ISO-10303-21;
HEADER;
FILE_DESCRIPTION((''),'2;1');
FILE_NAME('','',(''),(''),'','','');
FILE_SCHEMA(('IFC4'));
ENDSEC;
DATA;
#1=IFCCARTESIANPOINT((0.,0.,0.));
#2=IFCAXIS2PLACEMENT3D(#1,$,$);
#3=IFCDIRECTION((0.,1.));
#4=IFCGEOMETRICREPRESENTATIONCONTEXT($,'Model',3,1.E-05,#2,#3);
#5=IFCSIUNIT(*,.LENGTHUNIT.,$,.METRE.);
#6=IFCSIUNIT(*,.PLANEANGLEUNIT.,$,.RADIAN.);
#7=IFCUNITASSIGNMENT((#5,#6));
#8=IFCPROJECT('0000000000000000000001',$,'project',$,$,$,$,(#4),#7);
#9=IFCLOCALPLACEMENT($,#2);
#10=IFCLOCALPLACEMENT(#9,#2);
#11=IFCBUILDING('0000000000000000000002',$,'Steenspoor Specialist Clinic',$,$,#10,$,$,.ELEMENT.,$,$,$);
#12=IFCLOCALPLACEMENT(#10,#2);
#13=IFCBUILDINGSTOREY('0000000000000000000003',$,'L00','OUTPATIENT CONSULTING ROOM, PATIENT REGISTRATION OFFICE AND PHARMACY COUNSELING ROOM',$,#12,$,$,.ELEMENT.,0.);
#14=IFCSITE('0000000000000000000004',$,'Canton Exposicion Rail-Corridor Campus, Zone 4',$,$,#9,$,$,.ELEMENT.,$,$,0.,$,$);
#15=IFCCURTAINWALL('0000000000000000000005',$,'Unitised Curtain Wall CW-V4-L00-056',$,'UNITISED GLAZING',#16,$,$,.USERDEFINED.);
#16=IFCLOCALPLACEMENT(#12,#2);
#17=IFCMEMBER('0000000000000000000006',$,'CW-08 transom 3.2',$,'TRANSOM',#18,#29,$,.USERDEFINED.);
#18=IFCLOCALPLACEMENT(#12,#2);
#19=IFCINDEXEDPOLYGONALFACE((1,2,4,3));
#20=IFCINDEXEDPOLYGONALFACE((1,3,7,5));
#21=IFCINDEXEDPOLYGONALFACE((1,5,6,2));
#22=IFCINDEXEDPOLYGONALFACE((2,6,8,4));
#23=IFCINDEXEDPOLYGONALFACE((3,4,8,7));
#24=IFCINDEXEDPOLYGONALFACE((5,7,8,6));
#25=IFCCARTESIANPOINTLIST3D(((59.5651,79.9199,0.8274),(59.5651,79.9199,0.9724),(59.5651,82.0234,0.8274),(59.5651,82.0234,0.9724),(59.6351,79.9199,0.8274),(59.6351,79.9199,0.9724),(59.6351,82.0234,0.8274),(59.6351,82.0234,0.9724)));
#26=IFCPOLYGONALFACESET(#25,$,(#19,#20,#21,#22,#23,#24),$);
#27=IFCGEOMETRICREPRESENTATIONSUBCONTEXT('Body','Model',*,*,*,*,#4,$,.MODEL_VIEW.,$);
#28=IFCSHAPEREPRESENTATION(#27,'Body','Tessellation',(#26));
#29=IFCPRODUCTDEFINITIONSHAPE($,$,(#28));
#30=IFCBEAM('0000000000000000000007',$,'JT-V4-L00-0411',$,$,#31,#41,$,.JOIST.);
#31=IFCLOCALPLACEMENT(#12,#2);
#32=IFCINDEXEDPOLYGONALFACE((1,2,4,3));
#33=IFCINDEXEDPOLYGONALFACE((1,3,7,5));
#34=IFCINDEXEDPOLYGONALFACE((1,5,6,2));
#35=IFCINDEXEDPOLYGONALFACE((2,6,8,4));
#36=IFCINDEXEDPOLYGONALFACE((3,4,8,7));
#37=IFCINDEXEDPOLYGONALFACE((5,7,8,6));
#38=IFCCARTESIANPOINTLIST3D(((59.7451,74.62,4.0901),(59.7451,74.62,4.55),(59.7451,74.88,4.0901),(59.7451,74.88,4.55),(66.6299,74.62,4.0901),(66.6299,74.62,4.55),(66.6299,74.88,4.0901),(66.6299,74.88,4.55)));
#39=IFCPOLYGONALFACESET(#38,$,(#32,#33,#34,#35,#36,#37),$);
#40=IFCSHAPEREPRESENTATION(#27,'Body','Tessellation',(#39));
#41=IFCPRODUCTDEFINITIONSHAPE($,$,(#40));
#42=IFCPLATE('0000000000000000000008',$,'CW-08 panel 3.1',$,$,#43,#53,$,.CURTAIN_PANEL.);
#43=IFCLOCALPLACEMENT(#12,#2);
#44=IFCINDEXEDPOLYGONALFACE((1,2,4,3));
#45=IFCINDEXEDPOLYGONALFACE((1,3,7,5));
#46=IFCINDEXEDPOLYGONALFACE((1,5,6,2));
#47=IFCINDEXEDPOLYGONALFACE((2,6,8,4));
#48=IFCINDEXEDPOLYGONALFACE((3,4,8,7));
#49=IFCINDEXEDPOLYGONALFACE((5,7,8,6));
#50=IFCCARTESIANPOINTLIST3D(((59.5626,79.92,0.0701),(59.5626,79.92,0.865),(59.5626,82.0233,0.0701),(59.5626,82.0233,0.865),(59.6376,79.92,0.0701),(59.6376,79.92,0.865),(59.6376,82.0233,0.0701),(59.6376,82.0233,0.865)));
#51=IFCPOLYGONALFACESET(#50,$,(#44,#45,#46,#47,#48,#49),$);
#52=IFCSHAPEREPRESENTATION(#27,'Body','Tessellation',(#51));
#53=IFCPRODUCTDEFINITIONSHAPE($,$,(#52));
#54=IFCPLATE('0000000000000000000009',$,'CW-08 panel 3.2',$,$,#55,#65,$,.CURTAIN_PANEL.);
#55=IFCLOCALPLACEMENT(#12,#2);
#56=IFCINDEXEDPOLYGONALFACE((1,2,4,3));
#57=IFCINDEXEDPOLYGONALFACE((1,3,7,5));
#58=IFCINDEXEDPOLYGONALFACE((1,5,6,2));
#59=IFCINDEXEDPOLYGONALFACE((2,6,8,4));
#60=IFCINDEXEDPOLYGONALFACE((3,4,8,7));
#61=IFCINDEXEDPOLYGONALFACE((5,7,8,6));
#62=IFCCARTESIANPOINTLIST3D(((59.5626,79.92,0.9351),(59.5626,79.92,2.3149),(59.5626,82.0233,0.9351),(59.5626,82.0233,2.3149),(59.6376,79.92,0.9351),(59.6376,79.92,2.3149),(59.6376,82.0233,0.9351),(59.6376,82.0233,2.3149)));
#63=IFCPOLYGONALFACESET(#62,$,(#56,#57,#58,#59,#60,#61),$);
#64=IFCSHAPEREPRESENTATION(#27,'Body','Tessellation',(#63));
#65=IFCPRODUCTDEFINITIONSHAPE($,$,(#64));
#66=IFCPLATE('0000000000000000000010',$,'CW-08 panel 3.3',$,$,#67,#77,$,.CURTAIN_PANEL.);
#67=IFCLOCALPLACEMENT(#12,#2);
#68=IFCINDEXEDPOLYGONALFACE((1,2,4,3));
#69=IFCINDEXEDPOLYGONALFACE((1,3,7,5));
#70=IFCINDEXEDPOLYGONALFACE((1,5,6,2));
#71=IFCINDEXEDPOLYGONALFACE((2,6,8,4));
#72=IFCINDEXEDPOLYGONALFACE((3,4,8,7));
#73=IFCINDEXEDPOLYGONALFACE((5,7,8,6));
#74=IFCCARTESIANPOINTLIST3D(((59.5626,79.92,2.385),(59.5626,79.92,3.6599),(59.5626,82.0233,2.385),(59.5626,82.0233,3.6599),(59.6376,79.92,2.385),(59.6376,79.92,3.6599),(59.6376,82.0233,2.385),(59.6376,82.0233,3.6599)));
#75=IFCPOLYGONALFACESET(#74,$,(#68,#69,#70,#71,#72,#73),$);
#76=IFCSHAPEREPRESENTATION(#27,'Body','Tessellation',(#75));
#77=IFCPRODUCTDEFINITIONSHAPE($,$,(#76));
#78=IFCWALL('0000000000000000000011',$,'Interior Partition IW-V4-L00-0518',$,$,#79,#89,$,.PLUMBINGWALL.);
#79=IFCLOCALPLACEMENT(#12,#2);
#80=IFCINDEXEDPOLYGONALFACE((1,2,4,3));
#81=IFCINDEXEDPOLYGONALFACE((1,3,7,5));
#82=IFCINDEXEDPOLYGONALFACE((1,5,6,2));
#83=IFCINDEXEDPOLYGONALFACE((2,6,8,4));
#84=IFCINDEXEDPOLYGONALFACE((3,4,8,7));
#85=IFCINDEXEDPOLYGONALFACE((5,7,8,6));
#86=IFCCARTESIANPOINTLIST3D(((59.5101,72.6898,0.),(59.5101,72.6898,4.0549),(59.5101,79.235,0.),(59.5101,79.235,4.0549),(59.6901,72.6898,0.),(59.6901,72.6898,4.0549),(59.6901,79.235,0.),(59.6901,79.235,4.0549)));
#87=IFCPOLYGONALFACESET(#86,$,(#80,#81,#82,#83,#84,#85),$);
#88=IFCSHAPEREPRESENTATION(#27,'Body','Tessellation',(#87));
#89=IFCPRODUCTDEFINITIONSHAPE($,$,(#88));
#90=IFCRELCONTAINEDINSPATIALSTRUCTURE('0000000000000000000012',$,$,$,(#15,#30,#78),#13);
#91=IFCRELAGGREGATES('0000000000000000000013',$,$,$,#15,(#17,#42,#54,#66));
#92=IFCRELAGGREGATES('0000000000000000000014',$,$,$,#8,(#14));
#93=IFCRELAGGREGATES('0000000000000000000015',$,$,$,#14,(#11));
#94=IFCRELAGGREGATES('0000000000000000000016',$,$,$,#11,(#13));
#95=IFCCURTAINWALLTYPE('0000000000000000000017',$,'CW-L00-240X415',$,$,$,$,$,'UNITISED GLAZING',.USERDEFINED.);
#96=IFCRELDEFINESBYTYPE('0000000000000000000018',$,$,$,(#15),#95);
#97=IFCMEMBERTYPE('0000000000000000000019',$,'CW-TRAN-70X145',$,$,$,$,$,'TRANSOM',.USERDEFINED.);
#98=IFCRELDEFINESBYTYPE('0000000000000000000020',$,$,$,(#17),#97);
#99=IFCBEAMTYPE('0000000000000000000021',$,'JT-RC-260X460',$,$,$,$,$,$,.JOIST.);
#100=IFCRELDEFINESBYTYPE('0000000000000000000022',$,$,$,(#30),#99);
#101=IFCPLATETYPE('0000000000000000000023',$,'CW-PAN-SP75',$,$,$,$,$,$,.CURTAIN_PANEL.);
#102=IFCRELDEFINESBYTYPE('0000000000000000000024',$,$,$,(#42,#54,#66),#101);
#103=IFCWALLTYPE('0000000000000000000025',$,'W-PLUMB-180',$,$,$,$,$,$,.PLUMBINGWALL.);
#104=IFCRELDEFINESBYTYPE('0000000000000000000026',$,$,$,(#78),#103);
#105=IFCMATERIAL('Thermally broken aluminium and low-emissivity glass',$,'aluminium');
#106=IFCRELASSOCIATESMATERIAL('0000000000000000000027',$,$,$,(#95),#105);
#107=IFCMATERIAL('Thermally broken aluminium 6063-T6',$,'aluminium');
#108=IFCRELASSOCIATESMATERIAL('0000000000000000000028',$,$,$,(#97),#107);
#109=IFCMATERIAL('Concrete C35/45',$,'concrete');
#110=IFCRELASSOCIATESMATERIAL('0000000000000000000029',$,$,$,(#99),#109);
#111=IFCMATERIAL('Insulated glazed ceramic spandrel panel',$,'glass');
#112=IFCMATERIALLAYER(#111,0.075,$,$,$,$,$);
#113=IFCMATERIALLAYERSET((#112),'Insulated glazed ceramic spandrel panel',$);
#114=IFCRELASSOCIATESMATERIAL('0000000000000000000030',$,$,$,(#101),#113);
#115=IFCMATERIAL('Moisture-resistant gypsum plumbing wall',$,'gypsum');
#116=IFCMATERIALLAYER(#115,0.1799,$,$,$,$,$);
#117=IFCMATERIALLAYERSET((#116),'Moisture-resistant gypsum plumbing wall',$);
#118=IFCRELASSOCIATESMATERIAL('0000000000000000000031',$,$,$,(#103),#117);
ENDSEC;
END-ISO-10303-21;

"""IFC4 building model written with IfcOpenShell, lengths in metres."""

from ifc_helpers import new_model, si_unit, direction, frame, frame_2d, origin, origin_2d, place, context, subcontext, project, spatial, rectangle, extrude, material, layer, layer_set, material_profile, profile_set, type_object, element, aggregate, save


model = new_model("IFC4")

# Units and contexts
model_context = context("Model", 3, precision=1e-05, world=origin(), true_north=direction((0.0, 1.0)))
body_context = subcontext(model_context, "Body", "Model", "MODEL_VIEW")
ifc_project = project(units=[si_unit("LENGTHUNIT", "METRE"), si_unit("PLANEANGLEUNIT", "RADIAN")], contexts=[model_context])

# Site, building, storey
site_placement = place(None, origin())
site = spatial("IfcSite", under=ifc_project, at=site_placement, Name="Canton Exposicion Rail-Corridor Campus, Zone 4", CompositionType="ELEMENT", RefElevation=0.0)
building_placement = place(site_placement, origin())
building = spatial("IfcBuilding", under=site, at=building_placement, Name="Steenspoor Specialist Clinic", CompositionType="ELEMENT")
storey_placement = place(building_placement, origin())
storey = spatial("IfcBuildingStorey", under=building, at=storey_placement, Name="L00", Description="OUTPATIENT CONSULTING ROOM, PATIENT REGISTRATION OFFICE AND PHARMACY COUNSELING ROOM", CompositionType="ELEMENT", Elevation=0.0)

# Shared definitions
ifc_material_1 = material(Name="Concrete C35/45", Category="concrete")

# Curtain wall, member
ifc_material_2 = material(Name="Thermally broken aluminium and low-emissivity glass", Category="aluminium")
curtain_wall_type = type_object("IfcCurtainWallType", Name="CW-L00-240X415", ElementType="UNITISED GLAZING", PredefinedType="USERDEFINED", material=ifc_material_2)
curtain_wall_placement = place(storey_placement, origin())
curtain_wall = element("IfcCurtainWall", 1, at=curtain_wall_placement, inside=storey, type_object=curtain_wall_type, Name="Unitised Curtain Wall CW-V4-L00-056", ObjectType="UNITISED GLAZING", PredefinedType="USERDEFINED")
ifc_material_3 = material(Name="Thermally broken aluminium 6063-T6", Category="aluminium")
ifc_material_profile_1 = material_profile(ifc_material_3, rectangle(XDim=0.0701, YDim=0.145, at=origin_2d()), Name="CWT-70X145")
ifc_profile_set_1 = profile_set([ifc_material_profile_1], Name="Thermally broken aluminium 6063-T6")
member_type_1 = type_object("IfcMemberType", Name="CW-TRAN-70X145", ElementType="TRANSOM", PredefinedType="USERDEFINED", material=ifc_profile_set_1)
member_1_placement = place(storey_placement, frame((59.6001, 82.0234, 0.8999), z_axis=(0.0, -1.0, 0.0), x_axis=(1.0, 0.0, 0.0)))
member_1 = element("IfcMember", 2, at=member_1_placement, type_object=member_type_1, Name="CW-08 transom 3.2", ObjectType="TRANSOM", PredefinedType="USERDEFINED", context=body_context, shape_type="SweptSolid", body=[
    extrude(rectangle(XDim=0.0701, YDim=0.145, at=origin_2d()), origin(), (0.0, 0.0, 1.0), 2.1035),
])

# Beam
ifc_material_profile_2 = material_profile(ifc_material_1, rectangle(XDim=0.26, YDim=0.46, at=origin_2d()), Name="RC-JT-260X460")
ifc_profile_set_2 = profile_set([ifc_material_profile_2], Name="Concrete C35/45")
beam_type_1 = type_object("IfcBeamType", Name="JT-RC-260X460", PredefinedType="JOIST", material=ifc_profile_set_2)
beam_1_placement = place(storey_placement, frame((59.7451, 74.75, 4.3201), z_axis=(1.0, 0.0, 0.0), x_axis=(0.0, 1.0, 0.0)))
element("IfcBeam", 3, at=beam_1_placement, inside=storey, type_object=beam_type_1, Name="JT-V4-L00-0411", PredefinedType="JOIST", context=body_context, shape_type="SweptSolid", body=[
    extrude(rectangle(XDim=0.26, YDim=0.46, at=origin_2d()), origin(), (0.0, 0.0, 1.0), 6.8848),
])

# Plates
ifc_material_4 = material(Name="Insulated glazed ceramic spandrel panel", Category="glass")
ifc_layer_1 = layer(ifc_material_4, 0.075)
ifc_layer_set_1 = layer_set([ifc_layer_1], Name="Insulated glazed ceramic spandrel panel")
plate_type = type_object("IfcPlateType", Name="CW-PAN-SP75", PredefinedType="CURTAIN_PANEL", material=ifc_layer_set_1)
plate_1_placement = place(storey_placement, frame((59.6001, 80.9717, 0.0701), z_axis=(0.0, 0.0, 1.0), x_axis=(0.0, -1.0, 0.0)))
plate_1 = element("IfcPlate", 4, at=plate_1_placement, type_object=plate_type, Name="CW-08 panel 3.1", PredefinedType="CURTAIN_PANEL", context=body_context, shape_type="SweptSolid", body=[
    extrude(rectangle(XDim=2.1033, YDim=0.075, at=origin_2d()), origin(), (0.0, 0.0, 1.0), 0.7949),
])
plate_2_placement = place(storey_placement, frame((59.6001, 80.9717, 0.9351), z_axis=(0.0, 0.0, 1.0), x_axis=(0.0, -1.0, 0.0)))
plate_2 = element("IfcPlate", 5, at=plate_2_placement, type_object=plate_type, Name="CW-08 panel 3.2", PredefinedType="CURTAIN_PANEL", context=body_context, shape_type="SweptSolid", body=[
    extrude(rectangle(XDim=2.1033, YDim=0.075, at=origin_2d()), origin(), (0.0, 0.0, 1.0), 1.3799),
])
plate_3_placement = place(storey_placement, frame((59.6001, 80.9717, 2.385), z_axis=(0.0, 0.0, 1.0), x_axis=(0.0, -1.0, 0.0)))
plate_3 = element("IfcPlate", 6, at=plate_3_placement, type_object=plate_type, Name="CW-08 panel 3.3", PredefinedType="CURTAIN_PANEL", context=body_context, shape_type="SweptSolid", body=[
    extrude(rectangle(XDim=2.1033, YDim=0.075, at=origin_2d()), origin(), (0.0, 0.0, 1.0), 1.2749),
])
aggregate(curtain_wall, [member_1, plate_1, plate_2, plate_3])

# Wall
ifc_material_5 = material(Name="Moisture-resistant gypsum plumbing wall", Category="gypsum")
ifc_layer_2 = layer(ifc_material_5, 0.1799)
ifc_layer_set_2 = layer_set([ifc_layer_2], Name="Moisture-resistant gypsum plumbing wall")
wall_type = type_object("IfcWallType", Name="W-PLUMB-180", PredefinedType="PLUMBINGWALL", material=ifc_layer_set_2)
wall_placement = place(storey_placement, frame((59.6001, 72.6899, 0.0), z_axis=(0.0, 0.0, 1.0), x_axis=(0.0, 1.0, 0.0)))
element("IfcWall", 7, at=wall_placement, inside=storey, type_object=wall_type, Name="Interior Partition IW-V4-L00-0518", PredefinedType="PLUMBINGWALL", context=body_context, shape_type="SweptSolid", body=[
    extrude(rectangle(XDim=6.5452, YDim=0.1799, at=frame_2d((3.2725, 0.0))), origin(), (0.0, 0.0, 1.0), 4.0549),
])

save(model, "model.ifc")
